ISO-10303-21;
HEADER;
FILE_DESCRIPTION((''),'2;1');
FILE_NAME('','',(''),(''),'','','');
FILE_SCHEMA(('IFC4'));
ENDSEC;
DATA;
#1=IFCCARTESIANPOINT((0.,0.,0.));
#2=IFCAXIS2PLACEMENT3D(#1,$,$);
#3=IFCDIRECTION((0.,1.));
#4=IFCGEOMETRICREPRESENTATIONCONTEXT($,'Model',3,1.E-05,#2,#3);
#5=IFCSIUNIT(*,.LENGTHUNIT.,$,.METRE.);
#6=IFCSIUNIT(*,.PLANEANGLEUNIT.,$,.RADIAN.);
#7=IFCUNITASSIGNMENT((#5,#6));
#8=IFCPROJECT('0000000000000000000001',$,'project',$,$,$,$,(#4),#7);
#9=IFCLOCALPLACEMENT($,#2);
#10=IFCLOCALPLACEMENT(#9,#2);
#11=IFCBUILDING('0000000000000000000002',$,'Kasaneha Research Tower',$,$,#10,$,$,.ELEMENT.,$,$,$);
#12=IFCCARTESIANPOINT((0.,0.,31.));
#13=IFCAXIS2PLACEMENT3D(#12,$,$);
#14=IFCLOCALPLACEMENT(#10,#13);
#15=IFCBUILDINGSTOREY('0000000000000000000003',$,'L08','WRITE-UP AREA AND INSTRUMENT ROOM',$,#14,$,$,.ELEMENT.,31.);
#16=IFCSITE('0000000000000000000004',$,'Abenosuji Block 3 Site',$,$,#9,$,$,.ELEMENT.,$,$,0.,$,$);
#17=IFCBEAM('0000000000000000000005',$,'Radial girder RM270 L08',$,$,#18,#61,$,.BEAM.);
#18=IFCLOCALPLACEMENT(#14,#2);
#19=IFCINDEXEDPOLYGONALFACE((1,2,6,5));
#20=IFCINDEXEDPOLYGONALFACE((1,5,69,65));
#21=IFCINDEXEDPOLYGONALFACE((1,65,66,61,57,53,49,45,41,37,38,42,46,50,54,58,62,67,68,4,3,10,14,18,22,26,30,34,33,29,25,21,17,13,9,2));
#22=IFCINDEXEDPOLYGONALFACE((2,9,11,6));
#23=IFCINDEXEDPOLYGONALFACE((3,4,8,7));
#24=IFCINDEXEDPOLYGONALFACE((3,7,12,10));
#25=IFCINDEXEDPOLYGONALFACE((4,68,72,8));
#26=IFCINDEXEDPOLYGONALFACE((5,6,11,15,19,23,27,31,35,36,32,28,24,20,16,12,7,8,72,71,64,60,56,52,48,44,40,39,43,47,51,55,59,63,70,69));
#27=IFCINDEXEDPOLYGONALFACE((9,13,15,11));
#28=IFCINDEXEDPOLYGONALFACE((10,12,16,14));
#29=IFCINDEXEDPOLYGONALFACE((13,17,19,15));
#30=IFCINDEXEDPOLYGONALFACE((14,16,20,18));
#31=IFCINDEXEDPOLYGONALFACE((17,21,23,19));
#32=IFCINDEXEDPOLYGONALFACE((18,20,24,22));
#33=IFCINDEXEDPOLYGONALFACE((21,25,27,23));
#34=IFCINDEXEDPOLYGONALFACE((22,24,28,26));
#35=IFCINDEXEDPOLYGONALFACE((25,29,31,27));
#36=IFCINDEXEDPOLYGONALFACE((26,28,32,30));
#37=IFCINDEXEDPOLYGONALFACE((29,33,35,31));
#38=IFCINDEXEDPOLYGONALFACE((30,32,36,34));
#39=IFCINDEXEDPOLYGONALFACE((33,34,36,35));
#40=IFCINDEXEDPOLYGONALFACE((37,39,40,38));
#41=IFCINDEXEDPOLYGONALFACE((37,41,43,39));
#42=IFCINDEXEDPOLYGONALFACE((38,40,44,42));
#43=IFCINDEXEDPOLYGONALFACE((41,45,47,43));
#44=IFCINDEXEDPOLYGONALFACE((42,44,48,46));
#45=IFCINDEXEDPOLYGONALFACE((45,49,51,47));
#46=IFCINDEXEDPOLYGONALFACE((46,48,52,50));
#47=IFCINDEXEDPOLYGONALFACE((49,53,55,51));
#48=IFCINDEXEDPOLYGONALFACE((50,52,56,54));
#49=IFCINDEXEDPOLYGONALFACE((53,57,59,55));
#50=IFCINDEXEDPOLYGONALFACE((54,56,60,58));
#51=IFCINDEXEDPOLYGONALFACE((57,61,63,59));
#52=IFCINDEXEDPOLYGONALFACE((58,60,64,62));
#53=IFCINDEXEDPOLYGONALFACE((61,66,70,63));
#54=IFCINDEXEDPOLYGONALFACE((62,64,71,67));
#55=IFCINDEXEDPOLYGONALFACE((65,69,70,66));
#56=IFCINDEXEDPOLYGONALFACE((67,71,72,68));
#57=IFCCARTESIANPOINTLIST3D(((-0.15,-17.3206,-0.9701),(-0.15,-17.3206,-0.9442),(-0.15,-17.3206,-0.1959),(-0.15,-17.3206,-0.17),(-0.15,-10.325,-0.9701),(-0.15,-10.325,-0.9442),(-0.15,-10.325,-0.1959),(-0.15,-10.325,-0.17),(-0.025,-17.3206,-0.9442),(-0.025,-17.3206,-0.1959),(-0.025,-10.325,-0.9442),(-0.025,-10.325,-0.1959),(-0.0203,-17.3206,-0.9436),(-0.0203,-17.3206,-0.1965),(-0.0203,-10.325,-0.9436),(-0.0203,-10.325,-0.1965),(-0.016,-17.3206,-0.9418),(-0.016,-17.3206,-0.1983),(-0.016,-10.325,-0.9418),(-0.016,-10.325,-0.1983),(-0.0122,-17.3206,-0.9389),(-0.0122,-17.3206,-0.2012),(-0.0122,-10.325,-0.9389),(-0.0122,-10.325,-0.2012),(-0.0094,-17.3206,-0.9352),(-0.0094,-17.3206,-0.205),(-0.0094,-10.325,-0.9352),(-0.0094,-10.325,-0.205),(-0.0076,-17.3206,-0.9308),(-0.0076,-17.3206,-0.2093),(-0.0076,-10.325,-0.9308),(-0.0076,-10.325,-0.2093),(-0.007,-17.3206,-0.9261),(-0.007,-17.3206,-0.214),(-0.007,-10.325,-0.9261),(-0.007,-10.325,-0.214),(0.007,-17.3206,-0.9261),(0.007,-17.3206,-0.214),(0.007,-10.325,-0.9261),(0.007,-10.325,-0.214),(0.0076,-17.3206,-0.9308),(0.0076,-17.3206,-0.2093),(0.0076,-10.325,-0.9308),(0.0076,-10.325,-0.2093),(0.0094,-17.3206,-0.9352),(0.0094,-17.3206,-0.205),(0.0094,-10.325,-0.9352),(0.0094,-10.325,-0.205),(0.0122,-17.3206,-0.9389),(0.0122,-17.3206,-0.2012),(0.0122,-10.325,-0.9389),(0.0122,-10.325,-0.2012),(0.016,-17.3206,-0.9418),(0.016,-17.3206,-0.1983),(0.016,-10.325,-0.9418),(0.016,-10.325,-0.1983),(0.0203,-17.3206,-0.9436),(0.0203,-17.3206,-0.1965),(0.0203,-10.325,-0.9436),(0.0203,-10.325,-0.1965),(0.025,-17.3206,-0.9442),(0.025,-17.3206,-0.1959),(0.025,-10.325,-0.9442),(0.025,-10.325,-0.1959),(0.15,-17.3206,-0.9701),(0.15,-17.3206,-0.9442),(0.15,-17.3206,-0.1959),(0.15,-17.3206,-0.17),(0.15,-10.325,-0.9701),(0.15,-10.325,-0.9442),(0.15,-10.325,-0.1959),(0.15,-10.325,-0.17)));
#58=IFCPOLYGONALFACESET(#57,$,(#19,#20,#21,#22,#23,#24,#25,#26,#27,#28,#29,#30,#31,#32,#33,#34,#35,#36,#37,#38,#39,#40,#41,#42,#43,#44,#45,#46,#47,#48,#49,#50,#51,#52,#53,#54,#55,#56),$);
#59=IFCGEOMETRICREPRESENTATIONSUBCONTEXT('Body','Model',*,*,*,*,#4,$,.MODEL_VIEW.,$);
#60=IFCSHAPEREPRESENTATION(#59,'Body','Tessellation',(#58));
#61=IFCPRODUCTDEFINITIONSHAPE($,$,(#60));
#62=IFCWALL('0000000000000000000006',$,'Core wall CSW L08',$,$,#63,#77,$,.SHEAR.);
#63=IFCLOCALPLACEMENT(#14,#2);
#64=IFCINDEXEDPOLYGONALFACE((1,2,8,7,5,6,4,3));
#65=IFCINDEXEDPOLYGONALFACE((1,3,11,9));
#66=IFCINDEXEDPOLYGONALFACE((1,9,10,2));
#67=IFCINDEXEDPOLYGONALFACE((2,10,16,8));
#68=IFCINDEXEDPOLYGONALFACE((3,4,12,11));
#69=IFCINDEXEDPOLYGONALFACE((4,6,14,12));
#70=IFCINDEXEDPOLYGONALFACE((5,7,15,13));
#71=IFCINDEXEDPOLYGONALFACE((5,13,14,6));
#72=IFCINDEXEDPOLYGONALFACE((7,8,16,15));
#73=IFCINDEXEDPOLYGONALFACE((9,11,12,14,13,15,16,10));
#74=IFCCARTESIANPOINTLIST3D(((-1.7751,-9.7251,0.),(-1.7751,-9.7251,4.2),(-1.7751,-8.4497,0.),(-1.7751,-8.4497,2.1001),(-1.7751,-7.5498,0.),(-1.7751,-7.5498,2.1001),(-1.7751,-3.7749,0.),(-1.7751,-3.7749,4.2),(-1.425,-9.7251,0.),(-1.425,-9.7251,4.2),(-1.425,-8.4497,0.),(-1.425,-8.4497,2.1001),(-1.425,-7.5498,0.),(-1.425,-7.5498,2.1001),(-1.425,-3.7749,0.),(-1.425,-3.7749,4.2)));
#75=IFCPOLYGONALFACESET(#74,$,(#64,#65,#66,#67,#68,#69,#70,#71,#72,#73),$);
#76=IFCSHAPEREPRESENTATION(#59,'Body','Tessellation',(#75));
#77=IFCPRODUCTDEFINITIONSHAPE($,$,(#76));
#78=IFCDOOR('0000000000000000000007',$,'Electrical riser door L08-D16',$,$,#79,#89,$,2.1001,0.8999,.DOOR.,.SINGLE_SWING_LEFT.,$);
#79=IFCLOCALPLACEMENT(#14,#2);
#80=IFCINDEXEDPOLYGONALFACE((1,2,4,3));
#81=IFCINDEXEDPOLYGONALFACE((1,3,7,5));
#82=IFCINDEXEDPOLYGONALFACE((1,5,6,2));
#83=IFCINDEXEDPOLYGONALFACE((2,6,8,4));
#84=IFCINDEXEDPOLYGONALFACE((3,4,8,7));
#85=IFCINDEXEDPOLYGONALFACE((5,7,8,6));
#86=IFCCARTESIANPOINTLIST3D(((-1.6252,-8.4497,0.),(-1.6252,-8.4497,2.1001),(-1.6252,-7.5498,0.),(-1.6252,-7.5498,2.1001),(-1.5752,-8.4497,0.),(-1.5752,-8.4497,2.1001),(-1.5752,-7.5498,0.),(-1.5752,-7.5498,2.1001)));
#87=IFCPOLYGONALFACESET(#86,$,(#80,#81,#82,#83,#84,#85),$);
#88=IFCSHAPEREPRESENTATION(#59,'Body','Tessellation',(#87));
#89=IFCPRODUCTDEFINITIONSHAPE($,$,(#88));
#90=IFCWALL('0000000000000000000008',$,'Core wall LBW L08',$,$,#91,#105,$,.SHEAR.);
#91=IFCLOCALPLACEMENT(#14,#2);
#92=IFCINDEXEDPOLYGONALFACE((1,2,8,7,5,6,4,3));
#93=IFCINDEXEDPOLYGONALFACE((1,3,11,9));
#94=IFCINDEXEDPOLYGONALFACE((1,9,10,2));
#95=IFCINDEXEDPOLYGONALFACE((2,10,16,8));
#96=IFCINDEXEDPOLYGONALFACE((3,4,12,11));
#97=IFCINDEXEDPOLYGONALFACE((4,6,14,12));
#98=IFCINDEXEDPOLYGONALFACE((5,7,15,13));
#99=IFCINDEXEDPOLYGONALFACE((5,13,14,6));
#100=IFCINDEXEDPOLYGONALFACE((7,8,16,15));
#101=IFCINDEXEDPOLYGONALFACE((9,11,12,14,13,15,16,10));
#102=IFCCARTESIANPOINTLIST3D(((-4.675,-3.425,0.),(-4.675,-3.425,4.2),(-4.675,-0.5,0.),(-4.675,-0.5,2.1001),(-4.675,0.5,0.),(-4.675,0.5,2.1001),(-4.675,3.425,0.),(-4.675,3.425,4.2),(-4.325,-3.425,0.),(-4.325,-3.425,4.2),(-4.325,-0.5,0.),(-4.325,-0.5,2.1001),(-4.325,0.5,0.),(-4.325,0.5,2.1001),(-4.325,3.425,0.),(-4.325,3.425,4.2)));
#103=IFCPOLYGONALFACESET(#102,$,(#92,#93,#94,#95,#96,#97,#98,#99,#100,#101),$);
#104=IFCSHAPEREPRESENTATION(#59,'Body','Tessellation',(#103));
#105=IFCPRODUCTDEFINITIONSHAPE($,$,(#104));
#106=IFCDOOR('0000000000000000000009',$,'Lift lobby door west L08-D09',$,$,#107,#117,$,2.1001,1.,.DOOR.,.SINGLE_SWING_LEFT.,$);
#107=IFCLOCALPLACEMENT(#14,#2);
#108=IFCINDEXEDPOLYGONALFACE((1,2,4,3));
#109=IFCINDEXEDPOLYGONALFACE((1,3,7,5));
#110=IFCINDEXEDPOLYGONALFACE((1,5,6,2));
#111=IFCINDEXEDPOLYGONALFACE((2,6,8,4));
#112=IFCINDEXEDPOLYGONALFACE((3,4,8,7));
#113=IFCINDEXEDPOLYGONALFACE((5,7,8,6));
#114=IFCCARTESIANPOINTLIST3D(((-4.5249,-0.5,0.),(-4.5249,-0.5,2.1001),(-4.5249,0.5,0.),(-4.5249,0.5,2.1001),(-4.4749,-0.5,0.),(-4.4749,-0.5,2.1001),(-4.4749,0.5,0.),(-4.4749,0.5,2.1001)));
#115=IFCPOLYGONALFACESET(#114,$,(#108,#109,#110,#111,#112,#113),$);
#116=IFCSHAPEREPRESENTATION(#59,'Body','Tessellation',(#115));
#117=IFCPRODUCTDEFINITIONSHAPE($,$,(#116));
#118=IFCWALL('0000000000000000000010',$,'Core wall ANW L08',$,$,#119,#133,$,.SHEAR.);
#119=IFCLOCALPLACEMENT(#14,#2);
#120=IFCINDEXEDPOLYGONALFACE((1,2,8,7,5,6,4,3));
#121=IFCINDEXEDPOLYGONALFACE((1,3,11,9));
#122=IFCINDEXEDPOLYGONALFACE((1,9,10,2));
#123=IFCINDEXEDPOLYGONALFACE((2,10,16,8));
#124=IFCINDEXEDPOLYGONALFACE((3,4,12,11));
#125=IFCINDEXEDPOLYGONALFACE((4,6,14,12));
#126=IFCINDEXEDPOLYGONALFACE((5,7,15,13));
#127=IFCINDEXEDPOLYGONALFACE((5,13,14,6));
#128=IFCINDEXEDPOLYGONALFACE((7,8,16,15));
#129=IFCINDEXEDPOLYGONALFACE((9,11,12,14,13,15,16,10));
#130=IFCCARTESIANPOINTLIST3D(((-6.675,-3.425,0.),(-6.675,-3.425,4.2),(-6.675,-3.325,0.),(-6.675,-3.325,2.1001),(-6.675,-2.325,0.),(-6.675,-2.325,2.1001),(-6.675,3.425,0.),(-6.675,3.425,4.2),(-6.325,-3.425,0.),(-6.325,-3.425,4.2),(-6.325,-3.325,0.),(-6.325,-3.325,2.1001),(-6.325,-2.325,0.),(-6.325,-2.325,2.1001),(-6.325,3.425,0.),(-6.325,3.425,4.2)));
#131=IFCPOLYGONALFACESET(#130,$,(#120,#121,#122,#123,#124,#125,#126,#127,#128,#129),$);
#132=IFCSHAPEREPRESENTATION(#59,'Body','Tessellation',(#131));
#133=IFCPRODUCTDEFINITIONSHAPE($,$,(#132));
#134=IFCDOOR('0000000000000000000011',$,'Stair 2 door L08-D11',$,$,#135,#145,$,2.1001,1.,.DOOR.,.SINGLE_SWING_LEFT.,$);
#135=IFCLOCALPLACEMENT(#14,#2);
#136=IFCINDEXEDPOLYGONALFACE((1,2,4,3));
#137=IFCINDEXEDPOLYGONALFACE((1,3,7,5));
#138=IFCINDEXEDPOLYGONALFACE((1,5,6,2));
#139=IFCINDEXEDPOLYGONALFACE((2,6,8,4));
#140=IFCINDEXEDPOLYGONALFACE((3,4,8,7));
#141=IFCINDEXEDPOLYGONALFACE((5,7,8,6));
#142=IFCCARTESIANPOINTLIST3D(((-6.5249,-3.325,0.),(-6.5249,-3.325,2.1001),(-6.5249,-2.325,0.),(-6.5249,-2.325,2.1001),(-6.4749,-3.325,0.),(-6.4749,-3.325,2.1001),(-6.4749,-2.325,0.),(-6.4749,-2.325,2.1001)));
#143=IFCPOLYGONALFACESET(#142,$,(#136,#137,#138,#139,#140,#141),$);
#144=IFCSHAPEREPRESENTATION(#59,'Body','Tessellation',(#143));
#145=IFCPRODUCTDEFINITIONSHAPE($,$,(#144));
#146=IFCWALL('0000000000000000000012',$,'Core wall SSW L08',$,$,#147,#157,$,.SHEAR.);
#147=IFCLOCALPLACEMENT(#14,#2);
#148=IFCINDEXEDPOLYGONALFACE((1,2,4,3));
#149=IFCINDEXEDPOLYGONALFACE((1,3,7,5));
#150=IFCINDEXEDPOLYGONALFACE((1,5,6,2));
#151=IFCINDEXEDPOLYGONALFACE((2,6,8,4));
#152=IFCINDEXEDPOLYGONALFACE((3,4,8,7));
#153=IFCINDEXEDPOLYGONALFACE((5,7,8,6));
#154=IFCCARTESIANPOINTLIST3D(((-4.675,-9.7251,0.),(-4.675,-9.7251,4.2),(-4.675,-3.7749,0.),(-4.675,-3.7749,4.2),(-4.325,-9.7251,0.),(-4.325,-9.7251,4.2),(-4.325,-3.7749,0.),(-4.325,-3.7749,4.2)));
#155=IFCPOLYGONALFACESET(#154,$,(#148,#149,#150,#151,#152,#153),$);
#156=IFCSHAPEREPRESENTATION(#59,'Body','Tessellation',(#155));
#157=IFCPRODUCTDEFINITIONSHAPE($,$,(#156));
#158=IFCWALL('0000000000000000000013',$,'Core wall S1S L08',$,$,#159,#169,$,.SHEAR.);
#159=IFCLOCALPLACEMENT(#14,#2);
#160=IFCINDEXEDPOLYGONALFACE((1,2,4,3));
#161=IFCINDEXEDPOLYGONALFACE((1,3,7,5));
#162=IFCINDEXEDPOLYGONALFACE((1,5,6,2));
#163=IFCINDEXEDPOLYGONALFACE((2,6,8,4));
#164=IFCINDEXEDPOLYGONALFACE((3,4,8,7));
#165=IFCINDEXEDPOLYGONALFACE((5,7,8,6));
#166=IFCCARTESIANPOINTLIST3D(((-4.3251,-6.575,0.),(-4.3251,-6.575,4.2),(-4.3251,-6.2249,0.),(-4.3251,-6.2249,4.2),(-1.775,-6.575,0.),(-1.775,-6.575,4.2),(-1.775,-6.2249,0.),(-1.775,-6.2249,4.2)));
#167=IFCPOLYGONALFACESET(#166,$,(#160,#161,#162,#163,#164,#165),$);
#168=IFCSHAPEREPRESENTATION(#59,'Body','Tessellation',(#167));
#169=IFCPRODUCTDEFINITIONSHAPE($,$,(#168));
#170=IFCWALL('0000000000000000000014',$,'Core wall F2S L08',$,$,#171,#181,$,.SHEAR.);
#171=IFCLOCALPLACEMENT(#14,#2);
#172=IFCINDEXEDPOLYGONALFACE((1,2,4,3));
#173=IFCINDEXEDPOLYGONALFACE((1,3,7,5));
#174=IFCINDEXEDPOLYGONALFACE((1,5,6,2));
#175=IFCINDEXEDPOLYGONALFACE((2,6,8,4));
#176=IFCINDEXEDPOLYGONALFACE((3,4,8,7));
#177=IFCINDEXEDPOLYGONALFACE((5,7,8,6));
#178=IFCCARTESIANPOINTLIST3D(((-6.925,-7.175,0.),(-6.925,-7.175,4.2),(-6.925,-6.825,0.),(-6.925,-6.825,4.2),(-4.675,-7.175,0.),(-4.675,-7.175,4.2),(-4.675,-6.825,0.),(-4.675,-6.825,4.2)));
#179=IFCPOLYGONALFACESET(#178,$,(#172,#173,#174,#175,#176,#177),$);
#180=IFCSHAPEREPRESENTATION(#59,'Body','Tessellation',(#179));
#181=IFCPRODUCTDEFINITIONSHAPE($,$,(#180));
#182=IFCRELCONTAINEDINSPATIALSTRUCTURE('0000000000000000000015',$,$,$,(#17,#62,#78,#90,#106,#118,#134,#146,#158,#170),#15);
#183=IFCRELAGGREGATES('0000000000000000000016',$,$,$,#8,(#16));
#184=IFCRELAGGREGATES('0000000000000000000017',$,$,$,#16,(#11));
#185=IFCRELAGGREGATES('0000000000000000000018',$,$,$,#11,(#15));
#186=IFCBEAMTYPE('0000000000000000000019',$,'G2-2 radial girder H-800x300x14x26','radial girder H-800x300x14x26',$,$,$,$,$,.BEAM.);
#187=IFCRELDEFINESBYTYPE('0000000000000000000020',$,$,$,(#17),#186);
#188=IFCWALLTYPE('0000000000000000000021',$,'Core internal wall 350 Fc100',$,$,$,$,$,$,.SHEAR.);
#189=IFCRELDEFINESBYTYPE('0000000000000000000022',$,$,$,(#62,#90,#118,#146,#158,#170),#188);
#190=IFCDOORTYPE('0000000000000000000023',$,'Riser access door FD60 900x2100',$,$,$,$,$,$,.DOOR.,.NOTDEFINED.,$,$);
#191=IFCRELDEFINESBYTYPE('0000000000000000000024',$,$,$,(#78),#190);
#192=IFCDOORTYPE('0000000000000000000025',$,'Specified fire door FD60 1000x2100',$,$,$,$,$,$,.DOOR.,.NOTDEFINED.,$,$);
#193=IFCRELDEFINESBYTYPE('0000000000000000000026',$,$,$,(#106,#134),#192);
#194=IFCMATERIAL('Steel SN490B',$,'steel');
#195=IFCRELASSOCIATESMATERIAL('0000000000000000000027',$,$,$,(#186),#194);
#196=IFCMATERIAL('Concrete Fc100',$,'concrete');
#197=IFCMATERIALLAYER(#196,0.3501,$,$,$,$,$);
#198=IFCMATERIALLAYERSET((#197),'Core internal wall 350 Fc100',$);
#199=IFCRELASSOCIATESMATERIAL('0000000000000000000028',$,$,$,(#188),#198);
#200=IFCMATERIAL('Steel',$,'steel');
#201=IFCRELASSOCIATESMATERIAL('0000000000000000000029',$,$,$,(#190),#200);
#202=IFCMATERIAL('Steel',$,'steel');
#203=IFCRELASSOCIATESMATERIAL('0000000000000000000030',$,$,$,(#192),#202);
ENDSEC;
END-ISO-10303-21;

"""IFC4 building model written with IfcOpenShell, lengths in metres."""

from ifc_helpers import new_model, si_unit, direction, frame, frame_2d, origin, origin_2d, place, context, subcontext, project, spatial, rectangle, i_section, extrude, material, layer, layer_set, material_profile, profile_set, type_object, element, fill, save


model = new_model("IFC4")

# Units and contexts
model_context = context("Model", 3, precision=1e-05, world=origin(), true_north=direction((0.0, 1.0)))
body_context = subcontext(model_context, "Body", "Model", "MODEL_VIEW")
ifc_project = project(units=[si_unit("LENGTHUNIT", "METRE"), si_unit("PLANEANGLEUNIT", "RADIAN")], contexts=[model_context])

# Site, building, storey
site_placement = place(None, origin())
site = spatial("IfcSite", under=ifc_project, at=site_placement, Name="Abenosuji Block 3 Site", CompositionType="ELEMENT", RefElevation=0.0)
building_placement = place(site_placement, origin())
building = spatial("IfcBuilding", under=site, at=building_placement, Name="Kasaneha Research Tower", CompositionType="ELEMENT")
storey_placement = place(building_placement, frame((0.0, 0.0, 31.0)))
storey = spatial("IfcBuildingStorey", under=building, at=storey_placement, Name="L08", Description="WRITE-UP AREA AND INSTRUMENT ROOM", CompositionType="ELEMENT", Elevation=31.0)

# Beam
ifc_material_1 = material(Name="Steel SN490B", Category="steel")
ifc_material_profile_1 = material_profile(ifc_material_1, i_section(OverallWidth=0.3, OverallDepth=0.8, WebThickness=0.0139, FlangeThickness=0.0259, FilletRadius=0.0181, at=origin_2d()), Name="H-800x300x14x26")
ifc_profile_set_1 = profile_set([ifc_material_profile_1], Name="Steel SN490B")
beam_type_1 = type_object("IfcBeamType", Name="G2-2 radial girder H-800x300x14x26", Description="radial girder H-800x300x14x26", PredefinedType="BEAM", material=ifc_profile_set_1)
beam_1_placement = place(storey_placement, frame((0.0, -10.325, -0.5701), z_axis=(0.0, -1.0, 0.0), x_axis=(1.0, 0.0, 0.0)))
element("IfcBeam", 1, at=beam_1_placement, inside=storey, type_object=beam_type_1, Name="Radial girder RM270 L08", PredefinedType="BEAM", context=body_context, shape_type="SweptSolid", body=[
    extrude(i_section(OverallWidth=0.3, OverallDepth=0.8, WebThickness=0.0139, FlangeThickness=0.0259, FilletRadius=0.0181, at=origin_2d()), origin(), (0.0, 0.0, 1.0), 6.9956),
])

# Walls, openings, doors
ifc_material_2 = material(Name="Concrete Fc100", Category="concrete")
ifc_layer_1 = layer(ifc_material_2, 0.3501)
ifc_layer_set_1 = layer_set([ifc_layer_1], Name="Core internal wall 350 Fc100")
wall_type_1 = type_object("IfcWallType", Name="Core internal wall 350 Fc100", PredefinedType="SHEAR", material=ifc_layer_set_1)
wall_1_placement = place(storey_placement, frame((-1.6001, -3.7749, 0.0), z_axis=(0.0, 0.0, 1.0), x_axis=(0.0, -1.0, 0.0)))
wall_1 = element("IfcWall", 2, at=wall_1_placement, inside=storey, type_object=wall_type_1, Name="Core wall CSW L08", PredefinedType="SHEAR", context=body_context, shape_type="SweptSolid", body=[
    extrude(rectangle(XDim=5.9502, YDim=0.3501, at=frame_2d((2.9751, 0.0))), origin(), (0.0, 0.0, 1.0), 4.2),
])
opening_1_placement = place(wall_1_placement, frame((3.7749, 0.0, 0.0)))
opening_1 = element("IfcOpeningElement", 3, at=opening_1_placement, cuts=wall_1, PredefinedType="OPENING", context=body_context, shape_type="SweptSolid", body=[
    extrude(rectangle(XDim=0.8999, YDim=2.1001, at=frame_2d((0.45, 1.05))), frame((0.0, 0.1851, 0.0), z_axis=(0.0, -1.0, 0.0), x_axis=(1.0, 0.0, 0.0)), (0.0, 0.0, 1.0), 0.3701),
])
ifc_material_3 = material(Name="Steel", Category="steel")
door_type_1 = type_object("IfcDoorType", Name="Riser access door FD60 900x2100", OperationType="NOTDEFINED", PredefinedType="DOOR", material=ifc_material_3)
door_1_placement = place(opening_1_placement, origin())
door_1 = element("IfcDoor", 4, at=door_1_placement, inside=storey, type_object=door_type_1, Name="Electrical riser door L08-D16", OperationType="SINGLE_SWING_LEFT", OverallHeight=2.1001, OverallWidth=0.8999, PredefinedType="DOOR", context=body_context, shape_type="SweptSolid", body=[
    extrude(rectangle(XDim=0.8999, YDim=2.1001, at=frame_2d((0.45, 1.05))), frame((0.0, 0.0249, 0.0), z_axis=(0.0, -1.0, 0.0), x_axis=(1.0, 0.0, 0.0)), (0.0, 0.0, 1.0), 0.05),
])
fill(opening_1, door_1)
wall_2_placement = place(storey_placement, frame((-4.5, -3.425, 0.0), z_axis=(0.0, 0.0, 1.0), x_axis=(0.0, 1.0, 0.0)))
wall_2 = element("IfcWall", 5, at=wall_2_placement, inside=storey, type_object=wall_type_1, Name="Core wall LBW L08", PredefinedType="SHEAR", context=body_context, shape_type="SweptSolid", body=[
    extrude(rectangle(XDim=6.8501, YDim=0.3501, at=frame_2d((3.425, 0.0))), origin(), (0.0, 0.0, 1.0), 4.2),
])
opening_2_placement = place(wall_2_placement, frame((2.925, 0.0, 0.0)))
opening_2 = element("IfcOpeningElement", 6, at=opening_2_placement, cuts=wall_2, PredefinedType="OPENING", context=body_context, shape_type="SweptSolid", body=[
    extrude(rectangle(XDim=1.0, YDim=2.1001, at=frame_2d((0.5, 1.05))), frame((0.0, 0.1851, 0.0), z_axis=(0.0, -1.0, 0.0), x_axis=(1.0, 0.0, 0.0)), (0.0, 0.0, 1.0), 0.3701),
])
ifc_material_4 = material(Name="Steel", Category="steel")
door_type_2 = type_object("IfcDoorType", Name="Specified fire door FD60 1000x2100", OperationType="NOTDEFINED", PredefinedType="DOOR", material=ifc_material_4)
door_2_placement = place(opening_2_placement, origin())
door_2 = element("IfcDoor", 7, at=door_2_placement, inside=storey, type_object=door_type_2, Name="Lift lobby door west L08-D09", OperationType="SINGLE_SWING_LEFT", OverallHeight=2.1001, OverallWidth=1.0, PredefinedType="DOOR", context=body_context, shape_type="SweptSolid", body=[
    extrude(rectangle(XDim=1.0, YDim=2.1001, at=frame_2d((0.5, 1.05))), frame((0.0, 0.0249, 0.0), z_axis=(0.0, -1.0, 0.0), x_axis=(1.0, 0.0, 0.0)), (0.0, 0.0, 1.0), 0.05),
])
fill(opening_2, door_2)
wall_3_placement = place(storey_placement, frame((-6.5, -3.425, 0.0), z_axis=(0.0, 0.0, 1.0), x_axis=(0.0, 1.0, 0.0)))
wall_3 = element("IfcWall", 8, at=wall_3_placement, inside=storey, type_object=wall_type_1, Name="Core wall ANW L08", PredefinedType="SHEAR", context=body_context, shape_type="SweptSolid", body=[
    extrude(rectangle(XDim=6.8501, YDim=0.3501, at=frame_2d((3.425, 0.0))), origin(), (0.0, 0.0, 1.0), 4.2),
])
opening_3_placement = place(wall_3_placement, frame((0.1001, 0.0, 0.0)))
opening_3 = element("IfcOpeningElement", 9, at=opening_3_placement, cuts=wall_3, PredefinedType="OPENING", context=body_context, shape_type="SweptSolid", body=[
    extrude(rectangle(XDim=1.0, YDim=2.1001, at=frame_2d((0.5, 1.05))), frame((0.0, 0.1851, 0.0), z_axis=(0.0, -1.0, 0.0), x_axis=(1.0, 0.0, 0.0)), (0.0, 0.0, 1.0), 0.3701),
])
door_3_placement = place(opening_3_placement, origin())
door_3 = element("IfcDoor", 10, at=door_3_placement, inside=storey, type_object=door_type_2, Name="Stair 2 door L08-D11", OperationType="SINGLE_SWING_LEFT", OverallHeight=2.1001, OverallWidth=1.0, PredefinedType="DOOR", context=body_context, shape_type="SweptSolid", body=[
    extrude(rectangle(XDim=1.0, YDim=2.1001, at=frame_2d((0.5, 1.05))), frame((0.0, 0.0249, 0.0), z_axis=(0.0, -1.0, 0.0), x_axis=(1.0, 0.0, 0.0)), (0.0, 0.0, 1.0), 0.05),
])
fill(opening_3, door_3)

# Walls
wall_4_placement = place(storey_placement, frame((-4.5, -3.7749, 0.0), z_axis=(0.0, 0.0, 1.0), x_axis=(0.0, -1.0, 0.0)))
element("IfcWall", 11, at=wall_4_placement, inside=storey, type_object=wall_type_1, Name="Core wall SSW L08", PredefinedType="SHEAR", context=body_context, shape_type="SweptSolid", body=[
    extrude(rectangle(XDim=5.9502, YDim=0.3501, at=frame_2d((2.9751, 0.0))), origin(), (0.0, 0.0, 1.0), 4.2),
])
wall_5_placement = place(storey_placement, frame((-4.325, -6.3999, 0.0), z_axis=(0.0, 0.0, 1.0), x_axis=(1.0, 0.0, 0.0)))
element("IfcWall", 12, at=wall_5_placement, inside=storey, type_object=wall_type_1, Name="Core wall S1S L08", PredefinedType="SHEAR", context=body_context, shape_type="SweptSolid", body=[
    extrude(rectangle(XDim=2.55, YDim=0.3501, at=frame_2d((1.2749, 0.0))), origin(), (0.0, 0.0, 1.0), 4.2),
])
wall_6_placement = place(storey_placement, frame((-6.925, -7.0, 0.0), z_axis=(0.0, 0.0, 1.0), x_axis=(1.0, 0.0, 0.0)))
element("IfcWall", 13, at=wall_6_placement, inside=storey, type_object=wall_type_1, Name="Core wall F2S L08", PredefinedType="SHEAR", context=body_context, shape_type="SweptSolid", body=[
    extrude(rectangle(XDim=2.25, YDim=0.3501, at=frame_2d((1.125, 0.0))), origin(), (0.0, 0.0, 1.0), 4.2),
])

save(model, "model.ifc")
